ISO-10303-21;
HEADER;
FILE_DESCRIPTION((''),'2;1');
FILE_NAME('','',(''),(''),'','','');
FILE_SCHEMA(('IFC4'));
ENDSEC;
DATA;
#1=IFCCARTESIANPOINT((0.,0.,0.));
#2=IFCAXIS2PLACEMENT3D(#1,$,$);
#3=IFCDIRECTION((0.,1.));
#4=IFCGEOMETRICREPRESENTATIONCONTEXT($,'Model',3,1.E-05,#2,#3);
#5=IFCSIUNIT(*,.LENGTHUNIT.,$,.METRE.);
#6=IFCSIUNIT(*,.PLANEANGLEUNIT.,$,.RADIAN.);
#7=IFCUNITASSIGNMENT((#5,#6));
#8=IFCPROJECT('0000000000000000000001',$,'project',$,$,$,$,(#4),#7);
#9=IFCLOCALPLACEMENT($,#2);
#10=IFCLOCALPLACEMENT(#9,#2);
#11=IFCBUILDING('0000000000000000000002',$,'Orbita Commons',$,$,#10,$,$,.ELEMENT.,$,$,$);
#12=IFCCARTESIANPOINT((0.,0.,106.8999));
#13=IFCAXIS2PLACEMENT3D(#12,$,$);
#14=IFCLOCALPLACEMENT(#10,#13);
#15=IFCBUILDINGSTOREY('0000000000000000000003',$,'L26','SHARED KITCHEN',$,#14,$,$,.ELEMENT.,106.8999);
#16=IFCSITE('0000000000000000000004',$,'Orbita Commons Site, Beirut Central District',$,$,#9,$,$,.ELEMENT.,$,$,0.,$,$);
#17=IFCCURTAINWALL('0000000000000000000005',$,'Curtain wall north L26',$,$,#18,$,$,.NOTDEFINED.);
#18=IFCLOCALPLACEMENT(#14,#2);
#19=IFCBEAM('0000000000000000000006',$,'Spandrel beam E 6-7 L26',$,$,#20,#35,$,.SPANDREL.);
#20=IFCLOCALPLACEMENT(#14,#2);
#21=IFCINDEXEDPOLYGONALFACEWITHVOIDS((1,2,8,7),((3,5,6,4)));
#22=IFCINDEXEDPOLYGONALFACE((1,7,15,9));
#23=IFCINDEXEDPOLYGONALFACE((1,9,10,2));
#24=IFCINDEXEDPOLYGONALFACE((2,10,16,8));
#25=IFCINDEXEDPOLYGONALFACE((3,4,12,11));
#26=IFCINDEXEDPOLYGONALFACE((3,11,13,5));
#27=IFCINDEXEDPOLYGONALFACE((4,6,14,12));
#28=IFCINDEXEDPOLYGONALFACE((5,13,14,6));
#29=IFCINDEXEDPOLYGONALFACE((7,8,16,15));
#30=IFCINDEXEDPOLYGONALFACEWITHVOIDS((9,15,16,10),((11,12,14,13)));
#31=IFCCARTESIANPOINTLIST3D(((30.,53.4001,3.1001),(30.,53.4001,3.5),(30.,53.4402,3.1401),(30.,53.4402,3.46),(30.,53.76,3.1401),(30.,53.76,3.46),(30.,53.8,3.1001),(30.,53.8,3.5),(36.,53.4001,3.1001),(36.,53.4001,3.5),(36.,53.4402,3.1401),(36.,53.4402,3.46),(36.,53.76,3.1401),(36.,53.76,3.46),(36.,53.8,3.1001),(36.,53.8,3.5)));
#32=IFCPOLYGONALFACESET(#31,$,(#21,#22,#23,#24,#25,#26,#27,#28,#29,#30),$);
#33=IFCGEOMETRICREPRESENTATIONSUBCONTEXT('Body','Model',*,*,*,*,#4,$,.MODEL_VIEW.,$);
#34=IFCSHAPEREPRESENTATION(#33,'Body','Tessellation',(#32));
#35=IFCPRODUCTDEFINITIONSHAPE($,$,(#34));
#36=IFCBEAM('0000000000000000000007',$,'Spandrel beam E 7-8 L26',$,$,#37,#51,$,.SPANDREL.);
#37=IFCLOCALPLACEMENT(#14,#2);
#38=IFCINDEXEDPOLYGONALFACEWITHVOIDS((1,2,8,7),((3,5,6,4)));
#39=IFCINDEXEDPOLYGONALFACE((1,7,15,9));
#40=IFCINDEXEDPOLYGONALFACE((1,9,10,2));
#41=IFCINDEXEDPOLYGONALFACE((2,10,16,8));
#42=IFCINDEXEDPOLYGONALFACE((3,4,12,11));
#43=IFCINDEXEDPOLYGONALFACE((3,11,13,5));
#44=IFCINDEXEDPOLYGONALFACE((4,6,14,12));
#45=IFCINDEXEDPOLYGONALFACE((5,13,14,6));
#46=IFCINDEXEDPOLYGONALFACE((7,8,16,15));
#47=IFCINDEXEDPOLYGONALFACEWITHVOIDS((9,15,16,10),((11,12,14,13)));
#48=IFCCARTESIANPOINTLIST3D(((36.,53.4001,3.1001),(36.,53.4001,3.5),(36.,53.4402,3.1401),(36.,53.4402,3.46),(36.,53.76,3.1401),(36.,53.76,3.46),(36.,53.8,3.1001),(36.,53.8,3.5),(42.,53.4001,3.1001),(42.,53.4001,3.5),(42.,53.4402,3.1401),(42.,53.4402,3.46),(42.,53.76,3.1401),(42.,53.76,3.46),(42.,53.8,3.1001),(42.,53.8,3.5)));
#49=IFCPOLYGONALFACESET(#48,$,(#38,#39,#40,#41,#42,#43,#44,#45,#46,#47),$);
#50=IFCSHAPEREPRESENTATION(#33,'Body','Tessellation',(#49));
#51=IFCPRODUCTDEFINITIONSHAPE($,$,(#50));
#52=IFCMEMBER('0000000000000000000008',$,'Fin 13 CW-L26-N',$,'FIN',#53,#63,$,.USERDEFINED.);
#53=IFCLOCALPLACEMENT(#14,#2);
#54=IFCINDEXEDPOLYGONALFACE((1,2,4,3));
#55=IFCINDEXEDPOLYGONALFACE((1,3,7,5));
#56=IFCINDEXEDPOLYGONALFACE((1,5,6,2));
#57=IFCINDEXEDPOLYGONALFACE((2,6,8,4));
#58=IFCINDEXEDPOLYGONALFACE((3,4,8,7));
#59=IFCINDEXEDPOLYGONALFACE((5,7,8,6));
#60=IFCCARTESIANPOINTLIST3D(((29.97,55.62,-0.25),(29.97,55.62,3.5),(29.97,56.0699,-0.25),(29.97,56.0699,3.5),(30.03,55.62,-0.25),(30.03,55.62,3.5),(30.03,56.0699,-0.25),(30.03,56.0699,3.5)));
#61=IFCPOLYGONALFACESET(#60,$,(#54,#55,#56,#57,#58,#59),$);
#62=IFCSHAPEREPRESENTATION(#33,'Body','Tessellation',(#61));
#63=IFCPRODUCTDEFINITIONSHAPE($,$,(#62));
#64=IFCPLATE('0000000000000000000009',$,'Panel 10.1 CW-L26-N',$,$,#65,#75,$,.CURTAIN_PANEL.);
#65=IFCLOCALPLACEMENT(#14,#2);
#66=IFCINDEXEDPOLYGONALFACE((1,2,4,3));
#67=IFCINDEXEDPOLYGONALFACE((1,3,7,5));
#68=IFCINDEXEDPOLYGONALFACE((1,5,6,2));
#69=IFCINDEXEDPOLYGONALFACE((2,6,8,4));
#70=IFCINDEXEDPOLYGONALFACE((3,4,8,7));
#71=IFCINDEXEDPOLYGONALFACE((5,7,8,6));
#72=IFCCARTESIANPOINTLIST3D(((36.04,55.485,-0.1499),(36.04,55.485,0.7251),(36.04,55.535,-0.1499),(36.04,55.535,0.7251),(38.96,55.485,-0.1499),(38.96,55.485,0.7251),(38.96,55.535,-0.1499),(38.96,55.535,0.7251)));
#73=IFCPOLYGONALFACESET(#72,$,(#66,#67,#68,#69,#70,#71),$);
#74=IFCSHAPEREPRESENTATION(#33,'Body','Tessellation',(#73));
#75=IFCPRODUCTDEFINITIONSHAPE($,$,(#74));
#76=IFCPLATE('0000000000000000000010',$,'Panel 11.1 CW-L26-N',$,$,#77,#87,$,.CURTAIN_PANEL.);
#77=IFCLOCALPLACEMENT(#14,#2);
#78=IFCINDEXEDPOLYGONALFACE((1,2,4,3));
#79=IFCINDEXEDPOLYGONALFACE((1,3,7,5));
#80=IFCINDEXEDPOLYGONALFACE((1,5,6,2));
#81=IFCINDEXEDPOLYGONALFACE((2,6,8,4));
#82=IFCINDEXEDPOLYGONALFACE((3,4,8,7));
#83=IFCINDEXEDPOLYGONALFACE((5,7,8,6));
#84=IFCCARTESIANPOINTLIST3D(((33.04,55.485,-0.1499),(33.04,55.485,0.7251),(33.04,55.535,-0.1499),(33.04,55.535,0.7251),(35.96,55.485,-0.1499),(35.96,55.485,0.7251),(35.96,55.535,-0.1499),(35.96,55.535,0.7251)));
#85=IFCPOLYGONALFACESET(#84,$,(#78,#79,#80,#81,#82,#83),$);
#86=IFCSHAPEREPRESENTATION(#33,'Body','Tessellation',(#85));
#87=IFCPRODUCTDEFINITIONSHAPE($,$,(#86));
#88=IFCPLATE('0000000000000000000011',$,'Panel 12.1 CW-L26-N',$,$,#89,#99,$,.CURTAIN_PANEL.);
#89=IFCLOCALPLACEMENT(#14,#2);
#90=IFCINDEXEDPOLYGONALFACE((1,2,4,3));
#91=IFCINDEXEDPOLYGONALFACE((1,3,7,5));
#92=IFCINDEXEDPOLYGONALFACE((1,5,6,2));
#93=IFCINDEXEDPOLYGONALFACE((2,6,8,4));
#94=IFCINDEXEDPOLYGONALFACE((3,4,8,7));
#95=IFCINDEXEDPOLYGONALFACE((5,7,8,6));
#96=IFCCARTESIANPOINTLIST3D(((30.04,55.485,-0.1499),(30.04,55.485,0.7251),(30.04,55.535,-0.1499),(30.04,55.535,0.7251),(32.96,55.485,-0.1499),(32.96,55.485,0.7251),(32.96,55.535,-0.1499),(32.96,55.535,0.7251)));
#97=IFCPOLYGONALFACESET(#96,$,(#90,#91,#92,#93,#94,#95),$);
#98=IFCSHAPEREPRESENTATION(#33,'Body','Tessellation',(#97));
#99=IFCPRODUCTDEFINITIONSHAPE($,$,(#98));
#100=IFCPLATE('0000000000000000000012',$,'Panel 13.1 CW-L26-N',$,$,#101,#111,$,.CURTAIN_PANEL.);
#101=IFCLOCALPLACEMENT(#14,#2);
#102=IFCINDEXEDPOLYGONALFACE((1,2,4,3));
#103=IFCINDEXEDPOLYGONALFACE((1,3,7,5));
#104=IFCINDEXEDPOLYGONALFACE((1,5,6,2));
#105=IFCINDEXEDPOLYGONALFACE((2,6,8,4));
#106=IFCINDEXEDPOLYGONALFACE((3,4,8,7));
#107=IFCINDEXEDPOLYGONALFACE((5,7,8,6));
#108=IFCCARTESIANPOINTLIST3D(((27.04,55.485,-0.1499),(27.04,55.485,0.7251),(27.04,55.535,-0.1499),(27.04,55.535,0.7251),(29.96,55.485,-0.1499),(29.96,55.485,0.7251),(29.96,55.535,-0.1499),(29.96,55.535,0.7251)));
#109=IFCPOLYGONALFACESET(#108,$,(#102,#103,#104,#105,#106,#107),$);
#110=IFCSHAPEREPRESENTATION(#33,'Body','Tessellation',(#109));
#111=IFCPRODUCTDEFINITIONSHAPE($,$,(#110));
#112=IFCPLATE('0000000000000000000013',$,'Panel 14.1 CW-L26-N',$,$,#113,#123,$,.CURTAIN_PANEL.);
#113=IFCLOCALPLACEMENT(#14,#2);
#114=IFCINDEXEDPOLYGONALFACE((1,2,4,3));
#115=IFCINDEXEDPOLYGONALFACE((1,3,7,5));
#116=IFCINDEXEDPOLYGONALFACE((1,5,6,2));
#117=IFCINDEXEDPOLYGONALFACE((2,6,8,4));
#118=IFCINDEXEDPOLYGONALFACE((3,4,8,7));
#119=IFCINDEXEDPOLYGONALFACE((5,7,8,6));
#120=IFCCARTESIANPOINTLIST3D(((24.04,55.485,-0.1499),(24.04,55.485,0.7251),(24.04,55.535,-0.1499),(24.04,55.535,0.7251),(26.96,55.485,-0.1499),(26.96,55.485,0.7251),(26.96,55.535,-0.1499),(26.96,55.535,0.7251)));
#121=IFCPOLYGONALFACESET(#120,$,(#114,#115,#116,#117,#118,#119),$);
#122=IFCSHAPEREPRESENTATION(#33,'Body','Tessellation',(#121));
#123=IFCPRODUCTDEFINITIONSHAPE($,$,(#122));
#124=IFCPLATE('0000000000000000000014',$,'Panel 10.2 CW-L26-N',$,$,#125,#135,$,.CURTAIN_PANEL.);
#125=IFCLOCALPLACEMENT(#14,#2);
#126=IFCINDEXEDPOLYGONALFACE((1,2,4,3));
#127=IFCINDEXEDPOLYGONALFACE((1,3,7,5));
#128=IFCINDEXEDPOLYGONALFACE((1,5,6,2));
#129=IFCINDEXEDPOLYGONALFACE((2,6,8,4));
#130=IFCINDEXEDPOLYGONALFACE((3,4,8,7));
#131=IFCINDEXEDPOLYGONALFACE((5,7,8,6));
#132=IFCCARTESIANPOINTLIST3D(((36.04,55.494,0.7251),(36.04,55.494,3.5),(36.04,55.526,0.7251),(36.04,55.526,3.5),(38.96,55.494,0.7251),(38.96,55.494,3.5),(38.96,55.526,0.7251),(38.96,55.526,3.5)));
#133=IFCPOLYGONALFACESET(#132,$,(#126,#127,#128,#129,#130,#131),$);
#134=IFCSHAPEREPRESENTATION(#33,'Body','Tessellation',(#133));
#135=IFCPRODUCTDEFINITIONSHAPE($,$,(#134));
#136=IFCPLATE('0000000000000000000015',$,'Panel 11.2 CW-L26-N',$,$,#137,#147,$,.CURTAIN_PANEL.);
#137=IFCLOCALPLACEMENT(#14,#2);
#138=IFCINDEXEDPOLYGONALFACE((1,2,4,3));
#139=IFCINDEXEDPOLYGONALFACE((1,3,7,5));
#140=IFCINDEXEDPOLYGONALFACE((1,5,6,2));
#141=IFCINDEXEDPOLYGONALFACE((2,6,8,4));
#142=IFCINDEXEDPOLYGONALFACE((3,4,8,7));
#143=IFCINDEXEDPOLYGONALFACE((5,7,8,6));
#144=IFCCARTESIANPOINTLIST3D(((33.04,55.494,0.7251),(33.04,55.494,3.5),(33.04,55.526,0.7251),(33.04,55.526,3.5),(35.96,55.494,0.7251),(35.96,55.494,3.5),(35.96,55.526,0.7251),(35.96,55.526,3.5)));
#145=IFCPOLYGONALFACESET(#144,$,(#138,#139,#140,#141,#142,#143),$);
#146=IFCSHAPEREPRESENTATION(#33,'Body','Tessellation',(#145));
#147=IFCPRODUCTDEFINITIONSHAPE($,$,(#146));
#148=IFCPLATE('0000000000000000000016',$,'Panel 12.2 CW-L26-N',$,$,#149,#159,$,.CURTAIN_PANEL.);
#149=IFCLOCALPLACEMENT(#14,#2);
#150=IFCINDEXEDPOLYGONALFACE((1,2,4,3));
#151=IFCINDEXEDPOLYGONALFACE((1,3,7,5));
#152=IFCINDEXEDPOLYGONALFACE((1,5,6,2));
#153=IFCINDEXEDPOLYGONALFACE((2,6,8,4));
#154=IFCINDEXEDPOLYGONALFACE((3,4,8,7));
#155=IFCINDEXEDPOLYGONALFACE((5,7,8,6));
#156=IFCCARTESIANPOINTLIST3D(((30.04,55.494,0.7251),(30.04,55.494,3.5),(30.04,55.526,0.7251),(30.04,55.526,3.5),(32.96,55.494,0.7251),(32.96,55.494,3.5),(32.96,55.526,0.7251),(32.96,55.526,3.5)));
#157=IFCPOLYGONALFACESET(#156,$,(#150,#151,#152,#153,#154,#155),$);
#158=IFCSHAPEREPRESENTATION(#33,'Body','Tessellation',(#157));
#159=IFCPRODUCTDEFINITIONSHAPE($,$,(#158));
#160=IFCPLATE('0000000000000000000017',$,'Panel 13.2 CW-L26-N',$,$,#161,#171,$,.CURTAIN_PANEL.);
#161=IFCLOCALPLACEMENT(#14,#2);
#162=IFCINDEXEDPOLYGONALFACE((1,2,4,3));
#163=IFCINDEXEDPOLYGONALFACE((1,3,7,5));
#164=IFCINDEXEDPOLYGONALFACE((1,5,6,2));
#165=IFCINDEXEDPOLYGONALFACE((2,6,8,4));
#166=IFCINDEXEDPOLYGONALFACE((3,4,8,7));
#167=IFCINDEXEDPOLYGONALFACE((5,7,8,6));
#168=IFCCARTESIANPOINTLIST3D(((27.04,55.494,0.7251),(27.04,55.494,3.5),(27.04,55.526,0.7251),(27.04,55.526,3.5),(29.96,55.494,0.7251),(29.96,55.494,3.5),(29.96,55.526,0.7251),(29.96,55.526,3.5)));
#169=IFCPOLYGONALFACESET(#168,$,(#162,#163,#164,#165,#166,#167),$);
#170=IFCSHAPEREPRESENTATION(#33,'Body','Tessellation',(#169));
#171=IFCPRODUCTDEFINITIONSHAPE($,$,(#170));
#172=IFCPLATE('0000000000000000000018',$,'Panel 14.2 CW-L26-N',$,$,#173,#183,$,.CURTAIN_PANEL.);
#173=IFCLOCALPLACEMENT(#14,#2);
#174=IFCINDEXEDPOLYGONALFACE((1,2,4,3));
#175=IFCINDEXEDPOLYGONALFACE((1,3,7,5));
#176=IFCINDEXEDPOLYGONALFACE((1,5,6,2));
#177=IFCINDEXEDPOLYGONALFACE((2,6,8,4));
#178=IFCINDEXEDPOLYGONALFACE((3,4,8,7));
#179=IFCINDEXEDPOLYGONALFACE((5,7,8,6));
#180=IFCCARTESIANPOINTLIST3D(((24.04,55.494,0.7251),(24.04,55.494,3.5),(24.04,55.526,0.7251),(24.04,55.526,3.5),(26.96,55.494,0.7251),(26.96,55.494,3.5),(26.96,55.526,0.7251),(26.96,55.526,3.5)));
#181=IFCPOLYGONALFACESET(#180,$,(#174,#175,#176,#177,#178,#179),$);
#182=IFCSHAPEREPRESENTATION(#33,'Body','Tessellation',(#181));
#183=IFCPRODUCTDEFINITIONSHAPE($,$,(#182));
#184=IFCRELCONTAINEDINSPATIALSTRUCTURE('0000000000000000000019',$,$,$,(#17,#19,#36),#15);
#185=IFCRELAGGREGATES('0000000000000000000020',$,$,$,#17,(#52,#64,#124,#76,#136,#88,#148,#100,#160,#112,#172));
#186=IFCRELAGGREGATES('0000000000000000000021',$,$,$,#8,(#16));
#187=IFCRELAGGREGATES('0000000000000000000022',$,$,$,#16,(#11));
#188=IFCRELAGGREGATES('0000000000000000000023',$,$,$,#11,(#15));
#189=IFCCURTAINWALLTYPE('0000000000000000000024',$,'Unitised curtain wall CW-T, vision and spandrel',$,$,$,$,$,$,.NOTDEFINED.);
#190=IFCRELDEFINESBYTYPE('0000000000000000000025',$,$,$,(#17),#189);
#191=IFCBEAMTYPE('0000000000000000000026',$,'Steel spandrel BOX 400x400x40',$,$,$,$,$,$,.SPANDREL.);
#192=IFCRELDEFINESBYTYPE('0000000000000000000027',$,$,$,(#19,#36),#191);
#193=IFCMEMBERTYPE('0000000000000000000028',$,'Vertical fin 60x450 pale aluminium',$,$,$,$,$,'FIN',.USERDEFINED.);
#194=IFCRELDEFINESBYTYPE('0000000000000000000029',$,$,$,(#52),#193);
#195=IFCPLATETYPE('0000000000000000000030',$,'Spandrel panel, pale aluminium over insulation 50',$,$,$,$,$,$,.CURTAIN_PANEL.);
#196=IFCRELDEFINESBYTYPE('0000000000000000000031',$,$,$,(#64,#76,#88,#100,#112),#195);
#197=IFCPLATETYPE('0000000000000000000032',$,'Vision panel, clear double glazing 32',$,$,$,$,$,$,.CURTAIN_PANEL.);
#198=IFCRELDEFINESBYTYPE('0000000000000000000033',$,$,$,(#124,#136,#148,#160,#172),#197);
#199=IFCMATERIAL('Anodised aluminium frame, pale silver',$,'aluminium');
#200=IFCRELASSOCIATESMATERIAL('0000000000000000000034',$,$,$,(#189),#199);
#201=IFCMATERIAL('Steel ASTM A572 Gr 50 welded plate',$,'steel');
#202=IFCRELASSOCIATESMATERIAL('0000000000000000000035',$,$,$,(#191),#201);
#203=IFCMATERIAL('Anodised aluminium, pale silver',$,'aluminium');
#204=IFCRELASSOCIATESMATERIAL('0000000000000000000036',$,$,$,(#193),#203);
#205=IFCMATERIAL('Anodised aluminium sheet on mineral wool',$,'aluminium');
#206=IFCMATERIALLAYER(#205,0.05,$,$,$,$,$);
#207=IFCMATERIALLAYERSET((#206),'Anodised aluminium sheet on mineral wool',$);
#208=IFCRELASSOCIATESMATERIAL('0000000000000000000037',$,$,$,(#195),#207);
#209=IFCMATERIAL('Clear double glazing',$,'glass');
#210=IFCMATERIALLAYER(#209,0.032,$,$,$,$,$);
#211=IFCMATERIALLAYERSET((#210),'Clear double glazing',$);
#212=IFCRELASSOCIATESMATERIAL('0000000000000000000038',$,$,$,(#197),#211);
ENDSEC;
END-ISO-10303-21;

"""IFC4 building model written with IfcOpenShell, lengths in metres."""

from ifc_helpers import new_model, si_unit, direction, frame, origin, origin_2d, place, context, subcontext, project, spatial, rectangle, hollow_rectangle, extrude, material, layer, layer_set, material_profile, profile_set, type_object, element, aggregate, save


model = new_model("IFC4")

# Units and contexts
model_context = context("Model", 3, precision=1e-05, world=origin(), true_north=direction((0.0, 1.0)))
body_context = subcontext(model_context, "Body", "Model", "MODEL_VIEW")
ifc_project = project(units=[si_unit("LENGTHUNIT", "METRE"), si_unit("PLANEANGLEUNIT", "RADIAN")], contexts=[model_context])

# Site, building, storey
site_placement = place(None, origin())
site = spatial("IfcSite", under=ifc_project, at=site_placement, Name="Orbita Commons Site, Beirut Central District", CompositionType="ELEMENT", RefElevation=0.0)
building_placement = place(site_placement, origin())
building = spatial("IfcBuilding", under=site, at=building_placement, Name="Orbita Commons", CompositionType="ELEMENT")
storey_placement = place(building_placement, frame((0.0, 0.0, 106.8999)))
storey = spatial("IfcBuildingStorey", under=building, at=storey_placement, Name="L26", Description="SHARED KITCHEN", CompositionType="ELEMENT", Elevation=106.8999)

# Curtain wall
ifc_material_1 = material(Name="Anodised aluminium frame, pale silver", Category="aluminium")
curtain_wall_type = type_object("IfcCurtainWallType", Name="Unitised curtain wall CW-T, vision and spandrel", PredefinedType="NOTDEFINED", material=ifc_material_1)
curtain_wall_placement = place(storey_placement, origin())
curtain_wall = element("IfcCurtainWall", 1, at=curtain_wall_placement, inside=storey, type_object=curtain_wall_type, Name="Curtain wall north L26", PredefinedType="NOTDEFINED")

# Beams
ifc_material_2 = material(Name="Steel ASTM A572 Gr 50 welded plate", Category="steel")
ifc_material_profile_1 = material_profile(ifc_material_2, hollow_rectangle(XDim=0.3999, YDim=0.3999, WallThickness=0.04, at=origin_2d()), Name="BOX 400x400x40")
ifc_profile_set_1 = profile_set([ifc_material_profile_1], Name="Steel ASTM A572 Gr 50 welded plate")
beam_type = type_object("IfcBeamType", Name="Steel spandrel BOX 400x400x40", PredefinedType="SPANDREL", material=ifc_profile_set_1)
for number, where, z_axis, x_axis, name in (
    (2, (30.0, 53.6001, 3.3), (1.0, 0.0, 0.0), (0.0, 1.0, 0.0), "Spandrel beam E 6-7 L26"),
    (3, (36.0, 53.6001, 3.3), (1.0, 0.0, 0.0), (0.0, 1.0, 0.0), "Spandrel beam E 7-8 L26"),
):
    element("IfcBeam", number, at=place(storey_placement, frame(where, z_axis=z_axis, x_axis=x_axis)), inside=storey, type_object=beam_type, Name=name, PredefinedType="SPANDREL", context=body_context, shape_type="SweptSolid", body=[
        extrude(hollow_rectangle(XDim=0.3999, YDim=0.3999, WallThickness=0.04, at=origin_2d()), origin(), (0.0, 0.0, 1.0), 6.0),
    ])

# Member
ifc_material_3 = material(Name="Anodised aluminium, pale silver", Category="aluminium")
ifc_material_profile_2 = material_profile(ifc_material_3, rectangle(XDim=0.0601, YDim=0.45, at=origin_2d()), Name="FIN 60x450")
ifc_profile_set_2 = profile_set([ifc_material_profile_2], Name="Anodised aluminium, pale silver")
member_type_1 = type_object("IfcMemberType", Name="Vertical fin 60x450 pale aluminium", ElementType="FIN", PredefinedType="USERDEFINED", material=ifc_profile_set_2)
member_1_placement = place(storey_placement, frame((30.0, 55.845, -0.25), z_axis=(0.0, 0.0, 1.0), x_axis=(-1.0, 0.0, 0.0)))
member_1 = element("IfcMember", 4, at=member_1_placement, type_object=member_type_1, Name="Fin 13 CW-L26-N", ObjectType="FIN", PredefinedType="USERDEFINED", context=body_context, shape_type="SweptSolid", body=[
    extrude(rectangle(XDim=0.0601, YDim=0.45, at=origin_2d()), origin(), (0.0, 0.0, 1.0), 3.75),
])

# Plates
ifc_material_4 = material(Name="Anodised aluminium sheet on mineral wool", Category="aluminium")
ifc_layer_1 = layer(ifc_material_4, 0.05)
ifc_layer_set_1 = layer_set([ifc_layer_1], Name="Anodised aluminium sheet on mineral wool")
plate_type_1 = type_object("IfcPlateType", Name="Spandrel panel, pale aluminium over insulation 50", PredefinedType="CURTAIN_PANEL", material=ifc_layer_set_1)
plate_1_placement = place(storey_placement, frame((37.5, 55.51, -0.1499), z_axis=(0.0, 0.0, 1.0), x_axis=(-1.0, 0.0, 0.0)))
plate_1 = element("IfcPlate", 5, at=plate_1_placement, type_object=plate_type_1, Name="Panel 10.1 CW-L26-N", PredefinedType="CURTAIN_PANEL", context=body_context, shape_type="SweptSolid", body=[
    extrude(rectangle(XDim=2.9199, YDim=0.05, at=origin_2d()), origin(), (0.0, 0.0, 1.0), 0.875),
])
plate_2_placement = place(storey_placement, frame((34.5, 55.51, -0.1499), z_axis=(0.0, 0.0, 1.0), x_axis=(-1.0, 0.0, 0.0)))
plate_2 = element("IfcPlate", 6, at=plate_2_placement, type_object=plate_type_1, Name="Panel 11.1 CW-L26-N", PredefinedType="CURTAIN_PANEL", context=body_context, shape_type="SweptSolid", body=[
    extrude(rectangle(XDim=2.9199, YDim=0.05, at=origin_2d()), origin(), (0.0, 0.0, 1.0), 0.875),
])
plate_3_placement = place(storey_placement, frame((31.5, 55.51, -0.1499), z_axis=(0.0, 0.0, 1.0), x_axis=(-1.0, 0.0, 0.0)))
plate_3 = element("IfcPlate", 7, at=plate_3_placement, type_object=plate_type_1, Name="Panel 12.1 CW-L26-N", PredefinedType="CURTAIN_PANEL", context=body_context, shape_type="SweptSolid", body=[
    extrude(rectangle(XDim=2.9199, YDim=0.05, at=origin_2d()), origin(), (0.0, 0.0, 1.0), 0.875),
])
plate_4_placement = place(storey_placement, frame((28.5, 55.51, -0.1499), z_axis=(0.0, 0.0, 1.0), x_axis=(-1.0, 0.0, 0.0)))
plate_4 = element("IfcPlate", 8, at=plate_4_placement, type_object=plate_type_1, Name="Panel 13.1 CW-L26-N", PredefinedType="CURTAIN_PANEL", context=body_context, shape_type="SweptSolid", body=[
    extrude(rectangle(XDim=2.9199, YDim=0.05, at=origin_2d()), origin(), (0.0, 0.0, 1.0), 0.875),
])
plate_5_placement = place(storey_placement, frame((25.5, 55.51, -0.1499), z_axis=(0.0, 0.0, 1.0), x_axis=(-1.0, 0.0, 0.0)))
plate_5 = element("IfcPlate", 9, at=plate_5_placement, type_object=plate_type_1, Name="Panel 14.1 CW-L26-N", PredefinedType="CURTAIN_PANEL", context=body_context, shape_type="SweptSolid", body=[
    extrude(rectangle(XDim=2.9199, YDim=0.05, at=origin_2d()), origin(), (0.0, 0.0, 1.0), 0.875),
])
ifc_material_5 = material(Name="Clear double glazing", Category="glass")
ifc_layer_2 = layer(ifc_material_5, 0.032)
ifc_layer_set_2 = layer_set([ifc_layer_2], Name="Clear double glazing")
plate_type_2 = type_object("IfcPlateType", Name="Vision panel, clear double glazing 32", PredefinedType="CURTAIN_PANEL", material=ifc_layer_set_2)
plate_6_placement = place(storey_placement, frame((37.5, 55.51, 0.7251), z_axis=(0.0, 0.0, 1.0), x_axis=(-1.0, 0.0, 0.0)))
plate_6 = element("IfcPlate", 10, at=plate_6_placement, type_object=plate_type_2, Name="Panel 10.2 CW-L26-N", PredefinedType="CURTAIN_PANEL", context=body_context, shape_type="SweptSolid", body=[
    extrude(rectangle(XDim=2.9199, YDim=0.032, at=origin_2d()), origin(), (0.0, 0.0, 1.0), 2.7749),
])
plate_7_placement = place(storey_placement, frame((34.5, 55.51, 0.7251), z_axis=(0.0, 0.0, 1.0), x_axis=(-1.0, 0.0, 0.0)))
plate_7 = element("IfcPlate", 11, at=plate_7_placement, type_object=plate_type_2, Name="Panel 11.2 CW-L26-N", PredefinedType="CURTAIN_PANEL", context=body_context, shape_type="SweptSolid", body=[
    extrude(rectangle(XDim=2.9199, YDim=0.032, at=origin_2d()), origin(), (0.0, 0.0, 1.0), 2.7749),
])
plate_8_placement = place(storey_placement, frame((31.5, 55.51, 0.7251), z_axis=(0.0, 0.0, 1.0), x_axis=(-1.0, 0.0, 0.0)))
plate_8 = element("IfcPlate", 12, at=plate_8_placement, type_object=plate_type_2, Name="Panel 12.2 CW-L26-N", PredefinedType="CURTAIN_PANEL", context=body_context, shape_type="SweptSolid", body=[
    extrude(rectangle(XDim=2.9199, YDim=0.032, at=origin_2d()), origin(), (0.0, 0.0, 1.0), 2.7749),
])
plate_9_placement = place(storey_placement, frame((28.5, 55.51, 0.7251), z_axis=(0.0, 0.0, 1.0), x_axis=(-1.0, 0.0, 0.0)))
plate_9 = element("IfcPlate", 13, at=plate_9_placement, type_object=plate_type_2, Name="Panel 13.2 CW-L26-N", PredefinedType="CURTAIN_PANEL", context=body_context, shape_type="SweptSolid", body=[
    extrude(rectangle(XDim=2.9199, YDim=0.032, at=origin_2d()), origin(), (0.0, 0.0, 1.0), 2.7749),
])
plate_10_placement = place(storey_placement, frame((25.5, 55.51, 0.7251), z_axis=(0.0, 0.0, 1.0), x_axis=(-1.0, 0.0, 0.0)))
plate_10 = element("IfcPlate", 14, at=plate_10_placement, type_object=plate_type_2, Name="Panel 14.2 CW-L26-N", PredefinedType="CURTAIN_PANEL", context=body_context, shape_type="SweptSolid", body=[
    extrude(rectangle(XDim=2.9199, YDim=0.032, at=origin_2d()), origin(), (0.0, 0.0, 1.0), 2.7749),
])
aggregate(curtain_wall, [member_1, plate_1, plate_6, plate_2, plate_7, plate_3, plate_8, plate_4, plate_9, plate_5, plate_10])

save(model, "model.ifc")
